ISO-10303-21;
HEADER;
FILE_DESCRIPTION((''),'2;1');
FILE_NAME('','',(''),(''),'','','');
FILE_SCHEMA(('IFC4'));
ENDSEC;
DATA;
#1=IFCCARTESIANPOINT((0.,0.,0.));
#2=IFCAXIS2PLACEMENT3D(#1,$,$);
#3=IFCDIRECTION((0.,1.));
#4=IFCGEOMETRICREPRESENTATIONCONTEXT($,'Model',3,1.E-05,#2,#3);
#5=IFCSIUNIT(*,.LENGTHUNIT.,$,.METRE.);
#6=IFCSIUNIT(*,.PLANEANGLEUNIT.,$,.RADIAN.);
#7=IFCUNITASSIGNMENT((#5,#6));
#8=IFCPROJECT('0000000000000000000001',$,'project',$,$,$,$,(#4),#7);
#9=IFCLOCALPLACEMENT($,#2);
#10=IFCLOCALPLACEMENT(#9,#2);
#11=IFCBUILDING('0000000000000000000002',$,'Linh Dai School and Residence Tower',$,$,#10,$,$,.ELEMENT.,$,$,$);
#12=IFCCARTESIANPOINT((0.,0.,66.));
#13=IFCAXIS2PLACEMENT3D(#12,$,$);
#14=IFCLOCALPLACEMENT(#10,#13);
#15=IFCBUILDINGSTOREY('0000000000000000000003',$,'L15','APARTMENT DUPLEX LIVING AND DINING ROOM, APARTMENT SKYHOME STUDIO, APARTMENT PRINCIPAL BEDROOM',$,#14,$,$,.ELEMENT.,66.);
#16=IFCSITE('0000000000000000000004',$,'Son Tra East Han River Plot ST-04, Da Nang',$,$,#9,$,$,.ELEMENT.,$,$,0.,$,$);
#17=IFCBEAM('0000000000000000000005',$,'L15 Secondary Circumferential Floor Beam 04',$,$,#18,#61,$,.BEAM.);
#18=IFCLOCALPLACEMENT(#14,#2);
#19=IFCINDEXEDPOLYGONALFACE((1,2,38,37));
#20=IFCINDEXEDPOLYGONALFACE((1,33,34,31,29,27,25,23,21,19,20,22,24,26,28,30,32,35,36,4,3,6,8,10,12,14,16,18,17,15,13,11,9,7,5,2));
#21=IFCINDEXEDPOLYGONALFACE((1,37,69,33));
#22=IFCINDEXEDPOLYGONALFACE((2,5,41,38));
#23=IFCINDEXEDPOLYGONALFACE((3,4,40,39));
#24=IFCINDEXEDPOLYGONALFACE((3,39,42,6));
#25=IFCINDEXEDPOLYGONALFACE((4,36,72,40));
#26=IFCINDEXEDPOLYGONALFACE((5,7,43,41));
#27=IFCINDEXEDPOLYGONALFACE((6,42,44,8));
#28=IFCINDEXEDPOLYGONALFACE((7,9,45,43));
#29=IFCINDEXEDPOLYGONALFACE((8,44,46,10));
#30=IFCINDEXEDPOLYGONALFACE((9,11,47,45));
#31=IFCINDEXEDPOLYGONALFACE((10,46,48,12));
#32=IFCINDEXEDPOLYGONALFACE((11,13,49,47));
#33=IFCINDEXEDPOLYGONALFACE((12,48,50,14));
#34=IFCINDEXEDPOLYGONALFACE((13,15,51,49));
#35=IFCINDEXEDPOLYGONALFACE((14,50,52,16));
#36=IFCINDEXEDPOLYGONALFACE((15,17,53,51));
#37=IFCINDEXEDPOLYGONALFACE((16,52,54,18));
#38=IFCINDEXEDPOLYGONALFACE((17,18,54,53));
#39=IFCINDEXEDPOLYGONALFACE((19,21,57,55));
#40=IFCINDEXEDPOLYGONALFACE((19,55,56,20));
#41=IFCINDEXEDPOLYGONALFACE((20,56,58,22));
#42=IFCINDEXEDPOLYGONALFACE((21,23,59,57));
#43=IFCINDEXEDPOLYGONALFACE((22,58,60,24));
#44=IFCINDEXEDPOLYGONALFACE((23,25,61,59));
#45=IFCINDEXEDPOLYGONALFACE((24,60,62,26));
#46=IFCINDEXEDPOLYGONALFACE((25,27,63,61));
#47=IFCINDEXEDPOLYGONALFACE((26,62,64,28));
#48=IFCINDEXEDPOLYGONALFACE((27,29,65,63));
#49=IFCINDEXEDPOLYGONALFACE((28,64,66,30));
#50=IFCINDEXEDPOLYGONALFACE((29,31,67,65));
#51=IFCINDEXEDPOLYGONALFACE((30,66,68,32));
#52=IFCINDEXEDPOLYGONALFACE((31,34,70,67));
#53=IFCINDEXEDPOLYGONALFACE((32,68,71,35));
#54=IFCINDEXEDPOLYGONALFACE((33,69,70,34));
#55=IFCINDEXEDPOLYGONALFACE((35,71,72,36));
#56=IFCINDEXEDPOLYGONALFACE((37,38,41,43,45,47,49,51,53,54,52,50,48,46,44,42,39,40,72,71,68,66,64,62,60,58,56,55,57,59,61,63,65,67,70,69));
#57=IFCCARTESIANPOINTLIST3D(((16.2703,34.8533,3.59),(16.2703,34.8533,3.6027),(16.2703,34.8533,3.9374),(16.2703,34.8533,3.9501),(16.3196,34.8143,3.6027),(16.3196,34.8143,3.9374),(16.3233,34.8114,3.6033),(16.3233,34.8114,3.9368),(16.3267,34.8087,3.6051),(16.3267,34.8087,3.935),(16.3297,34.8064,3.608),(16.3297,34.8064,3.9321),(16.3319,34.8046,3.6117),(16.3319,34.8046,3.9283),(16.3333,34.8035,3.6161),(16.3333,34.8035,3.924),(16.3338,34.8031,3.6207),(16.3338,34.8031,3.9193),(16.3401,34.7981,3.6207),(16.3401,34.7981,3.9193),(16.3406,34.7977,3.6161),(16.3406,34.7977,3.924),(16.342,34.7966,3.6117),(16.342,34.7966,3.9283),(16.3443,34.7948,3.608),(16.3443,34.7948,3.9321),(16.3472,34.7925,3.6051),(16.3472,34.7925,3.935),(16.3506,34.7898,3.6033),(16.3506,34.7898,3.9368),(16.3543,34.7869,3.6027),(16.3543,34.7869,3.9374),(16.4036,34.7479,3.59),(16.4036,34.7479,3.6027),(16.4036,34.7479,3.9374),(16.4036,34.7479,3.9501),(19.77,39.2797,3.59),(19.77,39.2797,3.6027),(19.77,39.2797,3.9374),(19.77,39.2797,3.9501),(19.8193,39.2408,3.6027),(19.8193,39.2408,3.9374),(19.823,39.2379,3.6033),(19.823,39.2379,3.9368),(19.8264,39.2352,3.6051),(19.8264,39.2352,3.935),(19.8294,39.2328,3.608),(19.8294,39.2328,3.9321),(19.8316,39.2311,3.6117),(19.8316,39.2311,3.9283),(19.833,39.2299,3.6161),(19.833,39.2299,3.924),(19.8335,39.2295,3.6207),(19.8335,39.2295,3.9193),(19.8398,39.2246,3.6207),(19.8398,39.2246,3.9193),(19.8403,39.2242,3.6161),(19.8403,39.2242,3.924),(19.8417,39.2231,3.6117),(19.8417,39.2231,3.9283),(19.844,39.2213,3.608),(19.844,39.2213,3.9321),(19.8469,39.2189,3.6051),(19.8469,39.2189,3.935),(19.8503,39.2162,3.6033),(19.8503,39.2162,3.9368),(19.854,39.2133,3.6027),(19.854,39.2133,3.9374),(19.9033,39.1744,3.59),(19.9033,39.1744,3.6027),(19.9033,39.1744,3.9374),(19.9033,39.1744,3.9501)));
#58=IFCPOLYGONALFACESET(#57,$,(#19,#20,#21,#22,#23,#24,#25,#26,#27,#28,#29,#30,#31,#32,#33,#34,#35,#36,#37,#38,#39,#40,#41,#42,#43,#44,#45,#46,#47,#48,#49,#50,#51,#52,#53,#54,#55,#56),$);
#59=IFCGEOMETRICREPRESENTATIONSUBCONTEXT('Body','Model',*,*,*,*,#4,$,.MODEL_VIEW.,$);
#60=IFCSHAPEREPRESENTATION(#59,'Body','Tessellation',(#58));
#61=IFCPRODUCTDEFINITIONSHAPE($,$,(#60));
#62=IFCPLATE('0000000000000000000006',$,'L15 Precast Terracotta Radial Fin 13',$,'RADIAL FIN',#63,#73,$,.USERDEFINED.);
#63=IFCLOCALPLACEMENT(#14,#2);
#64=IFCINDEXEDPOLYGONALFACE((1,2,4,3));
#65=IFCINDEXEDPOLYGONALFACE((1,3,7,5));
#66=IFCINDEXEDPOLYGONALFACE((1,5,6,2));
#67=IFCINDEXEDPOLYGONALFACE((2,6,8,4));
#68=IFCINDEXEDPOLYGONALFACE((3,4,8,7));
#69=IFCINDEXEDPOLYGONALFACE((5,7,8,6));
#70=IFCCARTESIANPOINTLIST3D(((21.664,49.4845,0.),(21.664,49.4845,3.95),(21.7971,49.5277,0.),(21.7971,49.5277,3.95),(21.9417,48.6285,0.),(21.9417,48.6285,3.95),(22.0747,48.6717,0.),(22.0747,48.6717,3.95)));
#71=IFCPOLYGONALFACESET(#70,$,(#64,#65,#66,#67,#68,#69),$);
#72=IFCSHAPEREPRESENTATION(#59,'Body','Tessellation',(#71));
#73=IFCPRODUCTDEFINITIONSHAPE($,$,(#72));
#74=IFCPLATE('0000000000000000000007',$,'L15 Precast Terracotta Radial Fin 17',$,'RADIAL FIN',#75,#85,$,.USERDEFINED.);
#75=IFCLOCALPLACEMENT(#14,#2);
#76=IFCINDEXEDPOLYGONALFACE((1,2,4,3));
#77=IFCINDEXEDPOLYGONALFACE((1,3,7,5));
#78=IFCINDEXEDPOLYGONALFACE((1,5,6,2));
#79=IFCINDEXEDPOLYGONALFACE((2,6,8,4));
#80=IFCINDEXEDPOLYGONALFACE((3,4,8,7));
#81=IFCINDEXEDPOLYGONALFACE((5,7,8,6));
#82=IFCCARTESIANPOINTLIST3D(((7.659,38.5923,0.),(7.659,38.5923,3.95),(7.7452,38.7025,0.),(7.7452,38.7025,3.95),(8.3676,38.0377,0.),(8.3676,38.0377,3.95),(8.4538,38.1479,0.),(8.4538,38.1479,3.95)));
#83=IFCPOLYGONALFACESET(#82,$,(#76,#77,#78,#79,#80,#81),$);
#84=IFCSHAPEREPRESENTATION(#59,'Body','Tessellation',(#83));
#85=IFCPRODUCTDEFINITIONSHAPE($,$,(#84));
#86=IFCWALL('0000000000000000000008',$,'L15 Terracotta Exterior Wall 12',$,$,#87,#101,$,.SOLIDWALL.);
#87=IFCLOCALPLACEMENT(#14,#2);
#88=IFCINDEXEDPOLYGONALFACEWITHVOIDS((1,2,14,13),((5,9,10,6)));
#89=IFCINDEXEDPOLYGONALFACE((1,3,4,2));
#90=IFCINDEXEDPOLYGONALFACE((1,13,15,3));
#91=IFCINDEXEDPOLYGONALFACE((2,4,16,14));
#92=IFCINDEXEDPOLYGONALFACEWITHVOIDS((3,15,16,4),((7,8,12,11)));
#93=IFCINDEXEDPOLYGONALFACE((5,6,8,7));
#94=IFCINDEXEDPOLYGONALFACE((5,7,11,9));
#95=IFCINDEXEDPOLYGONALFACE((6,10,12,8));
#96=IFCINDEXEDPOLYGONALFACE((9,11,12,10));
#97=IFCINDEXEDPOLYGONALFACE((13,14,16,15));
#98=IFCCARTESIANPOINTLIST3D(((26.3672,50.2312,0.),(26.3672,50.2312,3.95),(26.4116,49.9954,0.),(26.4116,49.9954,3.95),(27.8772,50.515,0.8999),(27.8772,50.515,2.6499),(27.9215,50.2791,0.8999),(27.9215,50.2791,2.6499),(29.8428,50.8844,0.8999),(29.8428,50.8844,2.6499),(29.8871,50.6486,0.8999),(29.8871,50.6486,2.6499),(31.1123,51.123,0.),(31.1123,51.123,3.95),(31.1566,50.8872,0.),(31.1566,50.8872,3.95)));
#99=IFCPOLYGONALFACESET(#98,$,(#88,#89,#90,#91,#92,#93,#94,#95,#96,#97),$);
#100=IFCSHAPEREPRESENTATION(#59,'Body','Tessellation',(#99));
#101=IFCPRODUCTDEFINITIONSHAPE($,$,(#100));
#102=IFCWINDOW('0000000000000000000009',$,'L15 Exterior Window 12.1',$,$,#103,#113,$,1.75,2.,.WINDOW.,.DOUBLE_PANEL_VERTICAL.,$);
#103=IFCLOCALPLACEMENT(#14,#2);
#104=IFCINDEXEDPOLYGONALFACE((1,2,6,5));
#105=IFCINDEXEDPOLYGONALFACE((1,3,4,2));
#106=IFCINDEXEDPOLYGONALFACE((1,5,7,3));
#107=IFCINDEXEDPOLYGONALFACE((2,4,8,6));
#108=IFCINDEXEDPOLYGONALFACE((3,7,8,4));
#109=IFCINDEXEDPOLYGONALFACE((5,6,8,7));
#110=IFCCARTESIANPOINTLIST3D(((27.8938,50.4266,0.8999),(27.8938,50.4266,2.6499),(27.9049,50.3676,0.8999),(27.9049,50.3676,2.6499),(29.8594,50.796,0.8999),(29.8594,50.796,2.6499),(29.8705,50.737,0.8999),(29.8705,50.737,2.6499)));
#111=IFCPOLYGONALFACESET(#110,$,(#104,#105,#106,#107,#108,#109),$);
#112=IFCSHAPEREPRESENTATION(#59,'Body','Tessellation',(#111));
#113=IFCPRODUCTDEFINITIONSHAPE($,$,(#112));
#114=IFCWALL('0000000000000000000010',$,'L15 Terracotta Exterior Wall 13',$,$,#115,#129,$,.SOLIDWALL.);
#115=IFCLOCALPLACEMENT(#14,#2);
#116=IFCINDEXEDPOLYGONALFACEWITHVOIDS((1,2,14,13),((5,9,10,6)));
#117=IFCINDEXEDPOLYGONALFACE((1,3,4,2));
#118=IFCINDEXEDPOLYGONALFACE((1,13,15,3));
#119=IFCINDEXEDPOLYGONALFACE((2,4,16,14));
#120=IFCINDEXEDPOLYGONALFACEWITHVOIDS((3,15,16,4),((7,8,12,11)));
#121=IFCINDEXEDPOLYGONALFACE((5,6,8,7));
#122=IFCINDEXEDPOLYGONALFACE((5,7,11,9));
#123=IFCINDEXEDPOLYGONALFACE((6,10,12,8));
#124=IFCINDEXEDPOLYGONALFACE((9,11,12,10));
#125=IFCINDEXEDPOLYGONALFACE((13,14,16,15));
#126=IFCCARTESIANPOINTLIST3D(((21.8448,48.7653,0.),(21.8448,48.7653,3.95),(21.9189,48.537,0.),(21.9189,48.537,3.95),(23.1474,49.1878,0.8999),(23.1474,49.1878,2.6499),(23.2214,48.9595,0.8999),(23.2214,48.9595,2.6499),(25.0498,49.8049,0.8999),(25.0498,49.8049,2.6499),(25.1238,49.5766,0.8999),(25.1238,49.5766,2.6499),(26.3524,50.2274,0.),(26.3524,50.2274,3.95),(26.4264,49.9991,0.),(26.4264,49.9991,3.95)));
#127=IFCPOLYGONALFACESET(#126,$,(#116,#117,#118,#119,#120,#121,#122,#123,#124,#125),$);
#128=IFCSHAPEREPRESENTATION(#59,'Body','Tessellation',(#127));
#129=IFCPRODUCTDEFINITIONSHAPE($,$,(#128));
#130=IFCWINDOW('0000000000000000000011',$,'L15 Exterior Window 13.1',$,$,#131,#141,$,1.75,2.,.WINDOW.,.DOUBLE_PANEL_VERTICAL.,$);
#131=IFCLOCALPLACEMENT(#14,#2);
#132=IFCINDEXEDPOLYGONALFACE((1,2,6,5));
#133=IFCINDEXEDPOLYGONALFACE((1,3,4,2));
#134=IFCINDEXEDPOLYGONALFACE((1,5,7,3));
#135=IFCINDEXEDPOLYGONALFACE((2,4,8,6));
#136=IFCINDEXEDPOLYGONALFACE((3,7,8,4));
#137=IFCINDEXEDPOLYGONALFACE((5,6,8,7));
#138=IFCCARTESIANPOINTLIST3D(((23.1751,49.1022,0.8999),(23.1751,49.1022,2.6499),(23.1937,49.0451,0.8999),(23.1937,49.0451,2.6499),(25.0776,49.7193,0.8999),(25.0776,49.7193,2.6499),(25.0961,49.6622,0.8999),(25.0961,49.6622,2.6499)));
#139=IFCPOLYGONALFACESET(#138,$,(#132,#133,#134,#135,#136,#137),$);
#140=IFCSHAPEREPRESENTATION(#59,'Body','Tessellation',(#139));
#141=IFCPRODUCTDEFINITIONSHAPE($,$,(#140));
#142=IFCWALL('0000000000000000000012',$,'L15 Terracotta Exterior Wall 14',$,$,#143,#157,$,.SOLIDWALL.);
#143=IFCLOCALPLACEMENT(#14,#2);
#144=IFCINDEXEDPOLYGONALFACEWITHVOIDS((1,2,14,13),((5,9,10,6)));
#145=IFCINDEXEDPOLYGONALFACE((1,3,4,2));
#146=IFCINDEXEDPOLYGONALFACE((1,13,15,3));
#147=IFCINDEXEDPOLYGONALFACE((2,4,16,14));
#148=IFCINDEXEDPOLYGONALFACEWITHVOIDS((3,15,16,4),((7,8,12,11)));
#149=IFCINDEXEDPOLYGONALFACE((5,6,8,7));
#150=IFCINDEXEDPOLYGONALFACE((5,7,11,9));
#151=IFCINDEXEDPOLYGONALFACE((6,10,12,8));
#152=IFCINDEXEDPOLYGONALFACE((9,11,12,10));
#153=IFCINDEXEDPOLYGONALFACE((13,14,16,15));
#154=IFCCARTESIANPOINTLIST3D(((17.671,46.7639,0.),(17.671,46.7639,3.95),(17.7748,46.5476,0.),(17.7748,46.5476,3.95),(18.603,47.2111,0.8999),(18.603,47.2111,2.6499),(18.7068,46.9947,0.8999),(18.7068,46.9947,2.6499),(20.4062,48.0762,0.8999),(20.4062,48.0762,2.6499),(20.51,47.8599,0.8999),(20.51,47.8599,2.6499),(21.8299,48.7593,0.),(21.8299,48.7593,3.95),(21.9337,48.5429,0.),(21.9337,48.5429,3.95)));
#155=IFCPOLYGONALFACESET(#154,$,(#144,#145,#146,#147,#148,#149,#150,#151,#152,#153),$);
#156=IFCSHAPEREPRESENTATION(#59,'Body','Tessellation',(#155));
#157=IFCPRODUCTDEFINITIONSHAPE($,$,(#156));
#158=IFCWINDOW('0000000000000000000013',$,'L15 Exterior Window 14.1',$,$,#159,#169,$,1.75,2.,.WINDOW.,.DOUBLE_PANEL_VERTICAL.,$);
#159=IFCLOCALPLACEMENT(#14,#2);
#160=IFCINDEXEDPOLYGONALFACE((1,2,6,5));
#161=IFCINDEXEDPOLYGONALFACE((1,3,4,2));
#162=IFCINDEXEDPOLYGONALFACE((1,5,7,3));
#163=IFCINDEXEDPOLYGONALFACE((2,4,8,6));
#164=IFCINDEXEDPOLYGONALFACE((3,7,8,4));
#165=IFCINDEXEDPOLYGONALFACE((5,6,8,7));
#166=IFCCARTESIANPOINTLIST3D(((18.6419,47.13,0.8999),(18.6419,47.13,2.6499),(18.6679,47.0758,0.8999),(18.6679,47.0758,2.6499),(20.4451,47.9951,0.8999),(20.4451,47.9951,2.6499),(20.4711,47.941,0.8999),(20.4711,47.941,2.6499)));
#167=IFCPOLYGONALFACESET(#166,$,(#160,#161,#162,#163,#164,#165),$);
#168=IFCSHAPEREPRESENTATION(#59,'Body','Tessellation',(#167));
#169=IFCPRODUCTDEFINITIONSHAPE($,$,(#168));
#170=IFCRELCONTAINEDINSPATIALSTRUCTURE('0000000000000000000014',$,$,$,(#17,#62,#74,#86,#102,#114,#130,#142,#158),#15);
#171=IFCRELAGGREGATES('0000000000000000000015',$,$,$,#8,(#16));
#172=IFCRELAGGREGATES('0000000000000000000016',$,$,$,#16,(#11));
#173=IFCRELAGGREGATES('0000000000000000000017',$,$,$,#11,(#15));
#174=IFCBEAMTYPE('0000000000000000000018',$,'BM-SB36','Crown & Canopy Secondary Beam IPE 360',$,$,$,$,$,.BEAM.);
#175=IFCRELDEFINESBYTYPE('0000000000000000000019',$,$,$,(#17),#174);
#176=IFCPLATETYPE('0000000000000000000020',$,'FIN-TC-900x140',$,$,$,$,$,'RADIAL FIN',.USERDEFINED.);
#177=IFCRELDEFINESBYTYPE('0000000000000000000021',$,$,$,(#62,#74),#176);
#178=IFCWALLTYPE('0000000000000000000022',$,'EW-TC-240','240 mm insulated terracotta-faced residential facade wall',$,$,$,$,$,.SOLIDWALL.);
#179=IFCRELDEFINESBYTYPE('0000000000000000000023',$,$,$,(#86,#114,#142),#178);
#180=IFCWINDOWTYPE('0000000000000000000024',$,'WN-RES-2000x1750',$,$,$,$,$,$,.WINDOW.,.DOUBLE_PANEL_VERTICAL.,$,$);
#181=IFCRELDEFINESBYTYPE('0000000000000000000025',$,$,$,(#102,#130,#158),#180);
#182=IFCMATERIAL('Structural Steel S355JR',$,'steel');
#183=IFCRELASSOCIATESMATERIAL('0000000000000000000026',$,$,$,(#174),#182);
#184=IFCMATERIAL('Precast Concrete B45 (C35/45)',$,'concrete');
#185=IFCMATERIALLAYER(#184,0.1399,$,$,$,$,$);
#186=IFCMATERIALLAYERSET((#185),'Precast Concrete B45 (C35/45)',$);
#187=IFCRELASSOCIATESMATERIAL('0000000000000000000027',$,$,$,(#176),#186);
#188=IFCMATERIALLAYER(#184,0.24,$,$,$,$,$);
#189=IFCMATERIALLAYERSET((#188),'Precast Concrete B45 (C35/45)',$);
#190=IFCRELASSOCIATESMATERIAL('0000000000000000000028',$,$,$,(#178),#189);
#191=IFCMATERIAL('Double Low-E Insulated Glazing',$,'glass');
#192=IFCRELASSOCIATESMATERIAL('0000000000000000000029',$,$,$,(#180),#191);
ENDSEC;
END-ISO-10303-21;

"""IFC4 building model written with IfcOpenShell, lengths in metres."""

from ifc_helpers import new_model, si_unit, direction, frame, frame_2d, origin, origin_2d, place, context, subcontext, project, spatial, rectangle, i_section, extrude, source, transform, mapped, material, layer, layer_set, material_profile, profile_set, type_object, element, fill, save


model = new_model("IFC4")

# Units and contexts
model_context = context("Model", 3, precision=1e-05, world=origin(), true_north=direction((0.0, 1.0)))
body_context = subcontext(model_context, "Body", "Model", "MODEL_VIEW")
ifc_project = project(units=[si_unit("LENGTHUNIT", "METRE"), si_unit("PLANEANGLEUNIT", "RADIAN")], contexts=[model_context])

# Site, building, storey
site_placement = place(None, origin())
site = spatial("IfcSite", under=ifc_project, at=site_placement, Name="Son Tra East Han River Plot ST-04, Da Nang", CompositionType="ELEMENT", RefElevation=0.0)
building_placement = place(site_placement, origin())
building = spatial("IfcBuilding", under=site, at=building_placement, Name="Linh Dai School and Residence Tower", CompositionType="ELEMENT")
storey_placement = place(building_placement, frame((0.0, 0.0, 66.0)))
storey = spatial("IfcBuildingStorey", under=building, at=storey_placement, Name="L15", Description="APARTMENT DUPLEX LIVING AND DINING ROOM, APARTMENT SKYHOME STUDIO, APARTMENT PRINCIPAL BEDROOM", CompositionType="ELEMENT", Elevation=66.0)

# Shared definitions
ifc_material_1 = material(Name="Structural Steel S355JR", Category="steel")

# Beam
ifc_material_profile_1 = material_profile(ifc_material_1, i_section(OverallWidth=0.1699, OverallDepth=0.3601, WebThickness=0.0081, FlangeThickness=0.0127, FilletRadius=0.0181, at=origin_2d()), Name="IPE 360")
ifc_profile_set_1 = profile_set([ifc_material_profile_1], Name="Structural Steel S355JR")
beam_type_1 = type_object("IfcBeamType", Name="BM-SB36", Description="Crown & Canopy Secondary Beam IPE 360", PredefinedType="BEAM", material=ifc_profile_set_1)
beam_1_placement = place(storey_placement, frame((19.8367, 39.2271, 3.77), z_axis=(-0.620205, -0.78444, 0.0), x_axis=(0.78444, -0.620205, 0.0)))
element("IfcBeam", 1, at=beam_1_placement, inside=storey, type_object=beam_type_1, Name="L15 Secondary Circumferential Floor Beam 04", PredefinedType="BEAM", context=body_context, shape_type="SweptSolid", body=[
    extrude(i_section(OverallWidth=0.1699, OverallDepth=0.3601, WebThickness=0.0081, FlangeThickness=0.0127, FilletRadius=0.0181, at=origin_2d()), origin(), (0.0, 0.0, 1.0), 5.6428),
])

# Plates
ifc_material_2 = material(Name="Precast Concrete B45 (C35/45)", Category="concrete")
ifc_layer_1 = layer(ifc_material_2, 0.1399)
ifc_layer_set_1 = layer_set([ifc_layer_1], Name="Precast Concrete B45 (C35/45)")
plate_type = type_object("IfcPlateType", Name="FIN-TC-900x140", ElementType="RADIAL FIN", PredefinedType="USERDEFINED", material=ifc_layer_set_1)
shared_shape_1 = source(origin(), body_context, "Body", "SweptSolid", [
    extrude(rectangle(XDim=0.8999, YDim=0.1399, at=origin_2d()), origin(), (0.0, 0.0, 1.0), 3.95),
])
for number, where, z_axis, x_axis, name in (
    (2, (21.8694, 49.0781, 0.0), (0.0, 0.0, 1.0), (-0.308511, 0.951221, 0.0), "L15 Precast Terracotta Radial Fin 13"),
    (3, (8.0564, 38.3701, 0.0), (0.0, 0.0, 1.0), (-0.787496, 0.616319, 0.0), "L15 Precast Terracotta Radial Fin 17"),
):
    element("IfcPlate", number, at=place(storey_placement, frame(where, z_axis=z_axis, x_axis=x_axis)), inside=storey, type_object=plate_type, Name=name, ObjectType="RADIAL FIN", PredefinedType="USERDEFINED", context=body_context, shape_type="MappedRepresentation", body=[
        mapped(shared_shape_1, transform((0.0, 0.0, 0.0), x_axis=(1.0, 0.0, 0.0), y_axis=(0.0, 1.0, 0.0), z_axis=(0.0, 0.0, 1.0), scale=1.0)),
    ])

# Walls, openings, windows
ifc_layer_2 = layer(ifc_material_2, 0.24)
ifc_layer_set_2 = layer_set([ifc_layer_2], Name="Precast Concrete B45 (C35/45)")
wall_type_1 = type_object("IfcWallType", Name="EW-TC-240", Description="240 mm insulated terracotta-faced residential facade wall", PredefinedType="SOLIDWALL", material=ifc_layer_set_2)
wall_1_placement = place(storey_placement, frame((26.3894, 50.1133, 0.0), z_axis=(0.0, 0.0, 1.0), x_axis=(0.982792, 0.184716, 0.0)))
wall_1 = element("IfcWall", 4, at=wall_1_placement, inside=storey, type_object=wall_type_1, Name="L15 Terracotta Exterior Wall 12", PredefinedType="SOLIDWALL", context=body_context, shape_type="SweptSolid", body=[
    extrude(rectangle(XDim=4.8281, YDim=0.24, at=frame_2d((2.4141, 0.0))), origin(), (0.0, 0.0, 1.0), 3.95),
])
opening_1_placement = place(wall_1_placement, frame((1.5364, 0.0, 0.8999)))
opening_1 = element("IfcOpeningElement", 5, at=opening_1_placement, cuts=wall_1, PredefinedType="OPENING", context=body_context, shape_type="SweptSolid", body=[
    extrude(rectangle(XDim=2.0, YDim=1.75, at=origin_2d()), frame((1.0, 0.1299, 0.875), z_axis=(0.0, -1.0, 0.0), x_axis=(1.0, 0.0, 0.0)), (0.0, 0.0, 1.0), 0.26),
])
ifc_material_3 = material(Name="Double Low-E Insulated Glazing", Category="glass")
window_type_1 = type_object("IfcWindowType", Name="WN-RES-2000x1750", PartitioningType="DOUBLE_PANEL_VERTICAL", PredefinedType="WINDOW", material=ifc_material_3)
shared_shape_2 = source(origin(), body_context, "Body", "SweptSolid", [
    extrude(rectangle(XDim=2.0, YDim=1.75, at=origin_2d()), frame((1.0, 0.03, 0.875), z_axis=(0.0, -1.0, 0.0), x_axis=(1.0, 0.0, 0.0)), (0.0, 0.0, 1.0), 0.0601),
])
window_1_placement = place(opening_1_placement, origin())
window_1 = element("IfcWindow", 6, at=window_1_placement, inside=storey, type_object=window_type_1, Name="L15 Exterior Window 12.1", OverallHeight=1.75, OverallWidth=2.0, PartitioningType="DOUBLE_PANEL_VERTICAL", PredefinedType="WINDOW", context=body_context, shape_type="MappedRepresentation", body=[
    mapped(shared_shape_2, transform((0.0, 0.0, 0.0), x_axis=(1.0, 0.0, 0.0), y_axis=(0.0, 1.0, 0.0), z_axis=(0.0, 0.0, 1.0), scale=1.0)),
])
fill(opening_1, window_1)
wall_2_placement = place(storey_placement, frame((21.8818, 48.6511, 0.0), z_axis=(0.0, 0.0, 1.0), x_axis=(0.951208, 0.308551, 0.0)))
wall_2 = element("IfcWall", 7, at=wall_2_placement, inside=storey, type_object=wall_type_1, Name="L15 Terracotta Exterior Wall 13", PredefinedType="SOLIDWALL", context=body_context, shape_type="SweptSolid", body=[
    extrude(rectangle(XDim=4.7388, YDim=0.24, at=frame_2d((2.3694, 0.0))), origin(), (0.0, 0.0, 1.0), 3.95),
])
opening_2_placement = place(wall_2_placement, frame((1.3694, 0.0, 0.8999)))
opening_2 = element("IfcOpeningElement", 8, at=opening_2_placement, cuts=wall_2, PredefinedType="OPENING", context=body_context, shape_type="SweptSolid", body=[
    extrude(rectangle(XDim=2.0, YDim=1.75, at=origin_2d()), frame((1.0, 0.1299, 0.875), z_axis=(0.0, -1.0, 0.0), x_axis=(1.0, 0.0, 0.0)), (0.0, 0.0, 1.0), 0.26),
])
window_2_placement = place(opening_2_placement, origin())
window_2 = element("IfcWindow", 9, at=window_2_placement, inside=storey, type_object=window_type_1, Name="L15 Exterior Window 13.1", OverallHeight=1.75, OverallWidth=2.0, PartitioningType="DOUBLE_PANEL_VERTICAL", PredefinedType="WINDOW", context=body_context, shape_type="MappedRepresentation", body=[
    mapped(shared_shape_2, transform((0.0, 0.0, 0.0), x_axis=(1.0, 0.0, 0.0), y_axis=(0.0, 1.0, 0.0), z_axis=(0.0, 0.0, 1.0), scale=1.0)),
])
fill(opening_2, window_2)
wall_3_placement = place(storey_placement, frame((17.7229, 46.6558, 0.0), z_axis=(0.0, 0.0, 1.0), x_axis=(0.901602, 0.432568, 0.0)))
wall_3 = element("IfcWall", 10, at=wall_3_placement, inside=storey, type_object=wall_type_1, Name="L15 Terracotta Exterior Wall 14", PredefinedType="SOLIDWALL", context=body_context, shape_type="SweptSolid", body=[
    extrude(rectangle(XDim=4.6128, YDim=0.24, at=frame_2d((2.3064, 0.0))), origin(), (0.0, 0.0, 1.0), 3.95),
])
opening_3_placement = place(wall_3_placement, frame((1.0337, 0.0, 0.8999)))
opening_3 = element("IfcOpeningElement", 11, at=opening_3_placement, cuts=wall_3, PredefinedType="OPENING", context=body_context, shape_type="SweptSolid", body=[
    extrude(rectangle(XDim=2.0, YDim=1.75, at=origin_2d()), frame((1.0, 0.1299, 0.875), z_axis=(0.0, -1.0, 0.0), x_axis=(1.0, 0.0, 0.0)), (0.0, 0.0, 1.0), 0.26),
])
window_3_placement = place(opening_3_placement, origin())
window_3 = element("IfcWindow", 12, at=window_3_placement, inside=storey, type_object=window_type_1, Name="L15 Exterior Window 14.1", OverallHeight=1.75, OverallWidth=2.0, PartitioningType="DOUBLE_PANEL_VERTICAL", PredefinedType="WINDOW", context=body_context, shape_type="MappedRepresentation", body=[
    mapped(shared_shape_2, transform((0.0, 0.0, 0.0), x_axis=(1.0, 0.0, 0.0), y_axis=(0.0, 1.0, 0.0), z_axis=(0.0, 0.0, 1.0), scale=1.0)),
])
fill(opening_3, window_3)

save(model, "model.ifc")
